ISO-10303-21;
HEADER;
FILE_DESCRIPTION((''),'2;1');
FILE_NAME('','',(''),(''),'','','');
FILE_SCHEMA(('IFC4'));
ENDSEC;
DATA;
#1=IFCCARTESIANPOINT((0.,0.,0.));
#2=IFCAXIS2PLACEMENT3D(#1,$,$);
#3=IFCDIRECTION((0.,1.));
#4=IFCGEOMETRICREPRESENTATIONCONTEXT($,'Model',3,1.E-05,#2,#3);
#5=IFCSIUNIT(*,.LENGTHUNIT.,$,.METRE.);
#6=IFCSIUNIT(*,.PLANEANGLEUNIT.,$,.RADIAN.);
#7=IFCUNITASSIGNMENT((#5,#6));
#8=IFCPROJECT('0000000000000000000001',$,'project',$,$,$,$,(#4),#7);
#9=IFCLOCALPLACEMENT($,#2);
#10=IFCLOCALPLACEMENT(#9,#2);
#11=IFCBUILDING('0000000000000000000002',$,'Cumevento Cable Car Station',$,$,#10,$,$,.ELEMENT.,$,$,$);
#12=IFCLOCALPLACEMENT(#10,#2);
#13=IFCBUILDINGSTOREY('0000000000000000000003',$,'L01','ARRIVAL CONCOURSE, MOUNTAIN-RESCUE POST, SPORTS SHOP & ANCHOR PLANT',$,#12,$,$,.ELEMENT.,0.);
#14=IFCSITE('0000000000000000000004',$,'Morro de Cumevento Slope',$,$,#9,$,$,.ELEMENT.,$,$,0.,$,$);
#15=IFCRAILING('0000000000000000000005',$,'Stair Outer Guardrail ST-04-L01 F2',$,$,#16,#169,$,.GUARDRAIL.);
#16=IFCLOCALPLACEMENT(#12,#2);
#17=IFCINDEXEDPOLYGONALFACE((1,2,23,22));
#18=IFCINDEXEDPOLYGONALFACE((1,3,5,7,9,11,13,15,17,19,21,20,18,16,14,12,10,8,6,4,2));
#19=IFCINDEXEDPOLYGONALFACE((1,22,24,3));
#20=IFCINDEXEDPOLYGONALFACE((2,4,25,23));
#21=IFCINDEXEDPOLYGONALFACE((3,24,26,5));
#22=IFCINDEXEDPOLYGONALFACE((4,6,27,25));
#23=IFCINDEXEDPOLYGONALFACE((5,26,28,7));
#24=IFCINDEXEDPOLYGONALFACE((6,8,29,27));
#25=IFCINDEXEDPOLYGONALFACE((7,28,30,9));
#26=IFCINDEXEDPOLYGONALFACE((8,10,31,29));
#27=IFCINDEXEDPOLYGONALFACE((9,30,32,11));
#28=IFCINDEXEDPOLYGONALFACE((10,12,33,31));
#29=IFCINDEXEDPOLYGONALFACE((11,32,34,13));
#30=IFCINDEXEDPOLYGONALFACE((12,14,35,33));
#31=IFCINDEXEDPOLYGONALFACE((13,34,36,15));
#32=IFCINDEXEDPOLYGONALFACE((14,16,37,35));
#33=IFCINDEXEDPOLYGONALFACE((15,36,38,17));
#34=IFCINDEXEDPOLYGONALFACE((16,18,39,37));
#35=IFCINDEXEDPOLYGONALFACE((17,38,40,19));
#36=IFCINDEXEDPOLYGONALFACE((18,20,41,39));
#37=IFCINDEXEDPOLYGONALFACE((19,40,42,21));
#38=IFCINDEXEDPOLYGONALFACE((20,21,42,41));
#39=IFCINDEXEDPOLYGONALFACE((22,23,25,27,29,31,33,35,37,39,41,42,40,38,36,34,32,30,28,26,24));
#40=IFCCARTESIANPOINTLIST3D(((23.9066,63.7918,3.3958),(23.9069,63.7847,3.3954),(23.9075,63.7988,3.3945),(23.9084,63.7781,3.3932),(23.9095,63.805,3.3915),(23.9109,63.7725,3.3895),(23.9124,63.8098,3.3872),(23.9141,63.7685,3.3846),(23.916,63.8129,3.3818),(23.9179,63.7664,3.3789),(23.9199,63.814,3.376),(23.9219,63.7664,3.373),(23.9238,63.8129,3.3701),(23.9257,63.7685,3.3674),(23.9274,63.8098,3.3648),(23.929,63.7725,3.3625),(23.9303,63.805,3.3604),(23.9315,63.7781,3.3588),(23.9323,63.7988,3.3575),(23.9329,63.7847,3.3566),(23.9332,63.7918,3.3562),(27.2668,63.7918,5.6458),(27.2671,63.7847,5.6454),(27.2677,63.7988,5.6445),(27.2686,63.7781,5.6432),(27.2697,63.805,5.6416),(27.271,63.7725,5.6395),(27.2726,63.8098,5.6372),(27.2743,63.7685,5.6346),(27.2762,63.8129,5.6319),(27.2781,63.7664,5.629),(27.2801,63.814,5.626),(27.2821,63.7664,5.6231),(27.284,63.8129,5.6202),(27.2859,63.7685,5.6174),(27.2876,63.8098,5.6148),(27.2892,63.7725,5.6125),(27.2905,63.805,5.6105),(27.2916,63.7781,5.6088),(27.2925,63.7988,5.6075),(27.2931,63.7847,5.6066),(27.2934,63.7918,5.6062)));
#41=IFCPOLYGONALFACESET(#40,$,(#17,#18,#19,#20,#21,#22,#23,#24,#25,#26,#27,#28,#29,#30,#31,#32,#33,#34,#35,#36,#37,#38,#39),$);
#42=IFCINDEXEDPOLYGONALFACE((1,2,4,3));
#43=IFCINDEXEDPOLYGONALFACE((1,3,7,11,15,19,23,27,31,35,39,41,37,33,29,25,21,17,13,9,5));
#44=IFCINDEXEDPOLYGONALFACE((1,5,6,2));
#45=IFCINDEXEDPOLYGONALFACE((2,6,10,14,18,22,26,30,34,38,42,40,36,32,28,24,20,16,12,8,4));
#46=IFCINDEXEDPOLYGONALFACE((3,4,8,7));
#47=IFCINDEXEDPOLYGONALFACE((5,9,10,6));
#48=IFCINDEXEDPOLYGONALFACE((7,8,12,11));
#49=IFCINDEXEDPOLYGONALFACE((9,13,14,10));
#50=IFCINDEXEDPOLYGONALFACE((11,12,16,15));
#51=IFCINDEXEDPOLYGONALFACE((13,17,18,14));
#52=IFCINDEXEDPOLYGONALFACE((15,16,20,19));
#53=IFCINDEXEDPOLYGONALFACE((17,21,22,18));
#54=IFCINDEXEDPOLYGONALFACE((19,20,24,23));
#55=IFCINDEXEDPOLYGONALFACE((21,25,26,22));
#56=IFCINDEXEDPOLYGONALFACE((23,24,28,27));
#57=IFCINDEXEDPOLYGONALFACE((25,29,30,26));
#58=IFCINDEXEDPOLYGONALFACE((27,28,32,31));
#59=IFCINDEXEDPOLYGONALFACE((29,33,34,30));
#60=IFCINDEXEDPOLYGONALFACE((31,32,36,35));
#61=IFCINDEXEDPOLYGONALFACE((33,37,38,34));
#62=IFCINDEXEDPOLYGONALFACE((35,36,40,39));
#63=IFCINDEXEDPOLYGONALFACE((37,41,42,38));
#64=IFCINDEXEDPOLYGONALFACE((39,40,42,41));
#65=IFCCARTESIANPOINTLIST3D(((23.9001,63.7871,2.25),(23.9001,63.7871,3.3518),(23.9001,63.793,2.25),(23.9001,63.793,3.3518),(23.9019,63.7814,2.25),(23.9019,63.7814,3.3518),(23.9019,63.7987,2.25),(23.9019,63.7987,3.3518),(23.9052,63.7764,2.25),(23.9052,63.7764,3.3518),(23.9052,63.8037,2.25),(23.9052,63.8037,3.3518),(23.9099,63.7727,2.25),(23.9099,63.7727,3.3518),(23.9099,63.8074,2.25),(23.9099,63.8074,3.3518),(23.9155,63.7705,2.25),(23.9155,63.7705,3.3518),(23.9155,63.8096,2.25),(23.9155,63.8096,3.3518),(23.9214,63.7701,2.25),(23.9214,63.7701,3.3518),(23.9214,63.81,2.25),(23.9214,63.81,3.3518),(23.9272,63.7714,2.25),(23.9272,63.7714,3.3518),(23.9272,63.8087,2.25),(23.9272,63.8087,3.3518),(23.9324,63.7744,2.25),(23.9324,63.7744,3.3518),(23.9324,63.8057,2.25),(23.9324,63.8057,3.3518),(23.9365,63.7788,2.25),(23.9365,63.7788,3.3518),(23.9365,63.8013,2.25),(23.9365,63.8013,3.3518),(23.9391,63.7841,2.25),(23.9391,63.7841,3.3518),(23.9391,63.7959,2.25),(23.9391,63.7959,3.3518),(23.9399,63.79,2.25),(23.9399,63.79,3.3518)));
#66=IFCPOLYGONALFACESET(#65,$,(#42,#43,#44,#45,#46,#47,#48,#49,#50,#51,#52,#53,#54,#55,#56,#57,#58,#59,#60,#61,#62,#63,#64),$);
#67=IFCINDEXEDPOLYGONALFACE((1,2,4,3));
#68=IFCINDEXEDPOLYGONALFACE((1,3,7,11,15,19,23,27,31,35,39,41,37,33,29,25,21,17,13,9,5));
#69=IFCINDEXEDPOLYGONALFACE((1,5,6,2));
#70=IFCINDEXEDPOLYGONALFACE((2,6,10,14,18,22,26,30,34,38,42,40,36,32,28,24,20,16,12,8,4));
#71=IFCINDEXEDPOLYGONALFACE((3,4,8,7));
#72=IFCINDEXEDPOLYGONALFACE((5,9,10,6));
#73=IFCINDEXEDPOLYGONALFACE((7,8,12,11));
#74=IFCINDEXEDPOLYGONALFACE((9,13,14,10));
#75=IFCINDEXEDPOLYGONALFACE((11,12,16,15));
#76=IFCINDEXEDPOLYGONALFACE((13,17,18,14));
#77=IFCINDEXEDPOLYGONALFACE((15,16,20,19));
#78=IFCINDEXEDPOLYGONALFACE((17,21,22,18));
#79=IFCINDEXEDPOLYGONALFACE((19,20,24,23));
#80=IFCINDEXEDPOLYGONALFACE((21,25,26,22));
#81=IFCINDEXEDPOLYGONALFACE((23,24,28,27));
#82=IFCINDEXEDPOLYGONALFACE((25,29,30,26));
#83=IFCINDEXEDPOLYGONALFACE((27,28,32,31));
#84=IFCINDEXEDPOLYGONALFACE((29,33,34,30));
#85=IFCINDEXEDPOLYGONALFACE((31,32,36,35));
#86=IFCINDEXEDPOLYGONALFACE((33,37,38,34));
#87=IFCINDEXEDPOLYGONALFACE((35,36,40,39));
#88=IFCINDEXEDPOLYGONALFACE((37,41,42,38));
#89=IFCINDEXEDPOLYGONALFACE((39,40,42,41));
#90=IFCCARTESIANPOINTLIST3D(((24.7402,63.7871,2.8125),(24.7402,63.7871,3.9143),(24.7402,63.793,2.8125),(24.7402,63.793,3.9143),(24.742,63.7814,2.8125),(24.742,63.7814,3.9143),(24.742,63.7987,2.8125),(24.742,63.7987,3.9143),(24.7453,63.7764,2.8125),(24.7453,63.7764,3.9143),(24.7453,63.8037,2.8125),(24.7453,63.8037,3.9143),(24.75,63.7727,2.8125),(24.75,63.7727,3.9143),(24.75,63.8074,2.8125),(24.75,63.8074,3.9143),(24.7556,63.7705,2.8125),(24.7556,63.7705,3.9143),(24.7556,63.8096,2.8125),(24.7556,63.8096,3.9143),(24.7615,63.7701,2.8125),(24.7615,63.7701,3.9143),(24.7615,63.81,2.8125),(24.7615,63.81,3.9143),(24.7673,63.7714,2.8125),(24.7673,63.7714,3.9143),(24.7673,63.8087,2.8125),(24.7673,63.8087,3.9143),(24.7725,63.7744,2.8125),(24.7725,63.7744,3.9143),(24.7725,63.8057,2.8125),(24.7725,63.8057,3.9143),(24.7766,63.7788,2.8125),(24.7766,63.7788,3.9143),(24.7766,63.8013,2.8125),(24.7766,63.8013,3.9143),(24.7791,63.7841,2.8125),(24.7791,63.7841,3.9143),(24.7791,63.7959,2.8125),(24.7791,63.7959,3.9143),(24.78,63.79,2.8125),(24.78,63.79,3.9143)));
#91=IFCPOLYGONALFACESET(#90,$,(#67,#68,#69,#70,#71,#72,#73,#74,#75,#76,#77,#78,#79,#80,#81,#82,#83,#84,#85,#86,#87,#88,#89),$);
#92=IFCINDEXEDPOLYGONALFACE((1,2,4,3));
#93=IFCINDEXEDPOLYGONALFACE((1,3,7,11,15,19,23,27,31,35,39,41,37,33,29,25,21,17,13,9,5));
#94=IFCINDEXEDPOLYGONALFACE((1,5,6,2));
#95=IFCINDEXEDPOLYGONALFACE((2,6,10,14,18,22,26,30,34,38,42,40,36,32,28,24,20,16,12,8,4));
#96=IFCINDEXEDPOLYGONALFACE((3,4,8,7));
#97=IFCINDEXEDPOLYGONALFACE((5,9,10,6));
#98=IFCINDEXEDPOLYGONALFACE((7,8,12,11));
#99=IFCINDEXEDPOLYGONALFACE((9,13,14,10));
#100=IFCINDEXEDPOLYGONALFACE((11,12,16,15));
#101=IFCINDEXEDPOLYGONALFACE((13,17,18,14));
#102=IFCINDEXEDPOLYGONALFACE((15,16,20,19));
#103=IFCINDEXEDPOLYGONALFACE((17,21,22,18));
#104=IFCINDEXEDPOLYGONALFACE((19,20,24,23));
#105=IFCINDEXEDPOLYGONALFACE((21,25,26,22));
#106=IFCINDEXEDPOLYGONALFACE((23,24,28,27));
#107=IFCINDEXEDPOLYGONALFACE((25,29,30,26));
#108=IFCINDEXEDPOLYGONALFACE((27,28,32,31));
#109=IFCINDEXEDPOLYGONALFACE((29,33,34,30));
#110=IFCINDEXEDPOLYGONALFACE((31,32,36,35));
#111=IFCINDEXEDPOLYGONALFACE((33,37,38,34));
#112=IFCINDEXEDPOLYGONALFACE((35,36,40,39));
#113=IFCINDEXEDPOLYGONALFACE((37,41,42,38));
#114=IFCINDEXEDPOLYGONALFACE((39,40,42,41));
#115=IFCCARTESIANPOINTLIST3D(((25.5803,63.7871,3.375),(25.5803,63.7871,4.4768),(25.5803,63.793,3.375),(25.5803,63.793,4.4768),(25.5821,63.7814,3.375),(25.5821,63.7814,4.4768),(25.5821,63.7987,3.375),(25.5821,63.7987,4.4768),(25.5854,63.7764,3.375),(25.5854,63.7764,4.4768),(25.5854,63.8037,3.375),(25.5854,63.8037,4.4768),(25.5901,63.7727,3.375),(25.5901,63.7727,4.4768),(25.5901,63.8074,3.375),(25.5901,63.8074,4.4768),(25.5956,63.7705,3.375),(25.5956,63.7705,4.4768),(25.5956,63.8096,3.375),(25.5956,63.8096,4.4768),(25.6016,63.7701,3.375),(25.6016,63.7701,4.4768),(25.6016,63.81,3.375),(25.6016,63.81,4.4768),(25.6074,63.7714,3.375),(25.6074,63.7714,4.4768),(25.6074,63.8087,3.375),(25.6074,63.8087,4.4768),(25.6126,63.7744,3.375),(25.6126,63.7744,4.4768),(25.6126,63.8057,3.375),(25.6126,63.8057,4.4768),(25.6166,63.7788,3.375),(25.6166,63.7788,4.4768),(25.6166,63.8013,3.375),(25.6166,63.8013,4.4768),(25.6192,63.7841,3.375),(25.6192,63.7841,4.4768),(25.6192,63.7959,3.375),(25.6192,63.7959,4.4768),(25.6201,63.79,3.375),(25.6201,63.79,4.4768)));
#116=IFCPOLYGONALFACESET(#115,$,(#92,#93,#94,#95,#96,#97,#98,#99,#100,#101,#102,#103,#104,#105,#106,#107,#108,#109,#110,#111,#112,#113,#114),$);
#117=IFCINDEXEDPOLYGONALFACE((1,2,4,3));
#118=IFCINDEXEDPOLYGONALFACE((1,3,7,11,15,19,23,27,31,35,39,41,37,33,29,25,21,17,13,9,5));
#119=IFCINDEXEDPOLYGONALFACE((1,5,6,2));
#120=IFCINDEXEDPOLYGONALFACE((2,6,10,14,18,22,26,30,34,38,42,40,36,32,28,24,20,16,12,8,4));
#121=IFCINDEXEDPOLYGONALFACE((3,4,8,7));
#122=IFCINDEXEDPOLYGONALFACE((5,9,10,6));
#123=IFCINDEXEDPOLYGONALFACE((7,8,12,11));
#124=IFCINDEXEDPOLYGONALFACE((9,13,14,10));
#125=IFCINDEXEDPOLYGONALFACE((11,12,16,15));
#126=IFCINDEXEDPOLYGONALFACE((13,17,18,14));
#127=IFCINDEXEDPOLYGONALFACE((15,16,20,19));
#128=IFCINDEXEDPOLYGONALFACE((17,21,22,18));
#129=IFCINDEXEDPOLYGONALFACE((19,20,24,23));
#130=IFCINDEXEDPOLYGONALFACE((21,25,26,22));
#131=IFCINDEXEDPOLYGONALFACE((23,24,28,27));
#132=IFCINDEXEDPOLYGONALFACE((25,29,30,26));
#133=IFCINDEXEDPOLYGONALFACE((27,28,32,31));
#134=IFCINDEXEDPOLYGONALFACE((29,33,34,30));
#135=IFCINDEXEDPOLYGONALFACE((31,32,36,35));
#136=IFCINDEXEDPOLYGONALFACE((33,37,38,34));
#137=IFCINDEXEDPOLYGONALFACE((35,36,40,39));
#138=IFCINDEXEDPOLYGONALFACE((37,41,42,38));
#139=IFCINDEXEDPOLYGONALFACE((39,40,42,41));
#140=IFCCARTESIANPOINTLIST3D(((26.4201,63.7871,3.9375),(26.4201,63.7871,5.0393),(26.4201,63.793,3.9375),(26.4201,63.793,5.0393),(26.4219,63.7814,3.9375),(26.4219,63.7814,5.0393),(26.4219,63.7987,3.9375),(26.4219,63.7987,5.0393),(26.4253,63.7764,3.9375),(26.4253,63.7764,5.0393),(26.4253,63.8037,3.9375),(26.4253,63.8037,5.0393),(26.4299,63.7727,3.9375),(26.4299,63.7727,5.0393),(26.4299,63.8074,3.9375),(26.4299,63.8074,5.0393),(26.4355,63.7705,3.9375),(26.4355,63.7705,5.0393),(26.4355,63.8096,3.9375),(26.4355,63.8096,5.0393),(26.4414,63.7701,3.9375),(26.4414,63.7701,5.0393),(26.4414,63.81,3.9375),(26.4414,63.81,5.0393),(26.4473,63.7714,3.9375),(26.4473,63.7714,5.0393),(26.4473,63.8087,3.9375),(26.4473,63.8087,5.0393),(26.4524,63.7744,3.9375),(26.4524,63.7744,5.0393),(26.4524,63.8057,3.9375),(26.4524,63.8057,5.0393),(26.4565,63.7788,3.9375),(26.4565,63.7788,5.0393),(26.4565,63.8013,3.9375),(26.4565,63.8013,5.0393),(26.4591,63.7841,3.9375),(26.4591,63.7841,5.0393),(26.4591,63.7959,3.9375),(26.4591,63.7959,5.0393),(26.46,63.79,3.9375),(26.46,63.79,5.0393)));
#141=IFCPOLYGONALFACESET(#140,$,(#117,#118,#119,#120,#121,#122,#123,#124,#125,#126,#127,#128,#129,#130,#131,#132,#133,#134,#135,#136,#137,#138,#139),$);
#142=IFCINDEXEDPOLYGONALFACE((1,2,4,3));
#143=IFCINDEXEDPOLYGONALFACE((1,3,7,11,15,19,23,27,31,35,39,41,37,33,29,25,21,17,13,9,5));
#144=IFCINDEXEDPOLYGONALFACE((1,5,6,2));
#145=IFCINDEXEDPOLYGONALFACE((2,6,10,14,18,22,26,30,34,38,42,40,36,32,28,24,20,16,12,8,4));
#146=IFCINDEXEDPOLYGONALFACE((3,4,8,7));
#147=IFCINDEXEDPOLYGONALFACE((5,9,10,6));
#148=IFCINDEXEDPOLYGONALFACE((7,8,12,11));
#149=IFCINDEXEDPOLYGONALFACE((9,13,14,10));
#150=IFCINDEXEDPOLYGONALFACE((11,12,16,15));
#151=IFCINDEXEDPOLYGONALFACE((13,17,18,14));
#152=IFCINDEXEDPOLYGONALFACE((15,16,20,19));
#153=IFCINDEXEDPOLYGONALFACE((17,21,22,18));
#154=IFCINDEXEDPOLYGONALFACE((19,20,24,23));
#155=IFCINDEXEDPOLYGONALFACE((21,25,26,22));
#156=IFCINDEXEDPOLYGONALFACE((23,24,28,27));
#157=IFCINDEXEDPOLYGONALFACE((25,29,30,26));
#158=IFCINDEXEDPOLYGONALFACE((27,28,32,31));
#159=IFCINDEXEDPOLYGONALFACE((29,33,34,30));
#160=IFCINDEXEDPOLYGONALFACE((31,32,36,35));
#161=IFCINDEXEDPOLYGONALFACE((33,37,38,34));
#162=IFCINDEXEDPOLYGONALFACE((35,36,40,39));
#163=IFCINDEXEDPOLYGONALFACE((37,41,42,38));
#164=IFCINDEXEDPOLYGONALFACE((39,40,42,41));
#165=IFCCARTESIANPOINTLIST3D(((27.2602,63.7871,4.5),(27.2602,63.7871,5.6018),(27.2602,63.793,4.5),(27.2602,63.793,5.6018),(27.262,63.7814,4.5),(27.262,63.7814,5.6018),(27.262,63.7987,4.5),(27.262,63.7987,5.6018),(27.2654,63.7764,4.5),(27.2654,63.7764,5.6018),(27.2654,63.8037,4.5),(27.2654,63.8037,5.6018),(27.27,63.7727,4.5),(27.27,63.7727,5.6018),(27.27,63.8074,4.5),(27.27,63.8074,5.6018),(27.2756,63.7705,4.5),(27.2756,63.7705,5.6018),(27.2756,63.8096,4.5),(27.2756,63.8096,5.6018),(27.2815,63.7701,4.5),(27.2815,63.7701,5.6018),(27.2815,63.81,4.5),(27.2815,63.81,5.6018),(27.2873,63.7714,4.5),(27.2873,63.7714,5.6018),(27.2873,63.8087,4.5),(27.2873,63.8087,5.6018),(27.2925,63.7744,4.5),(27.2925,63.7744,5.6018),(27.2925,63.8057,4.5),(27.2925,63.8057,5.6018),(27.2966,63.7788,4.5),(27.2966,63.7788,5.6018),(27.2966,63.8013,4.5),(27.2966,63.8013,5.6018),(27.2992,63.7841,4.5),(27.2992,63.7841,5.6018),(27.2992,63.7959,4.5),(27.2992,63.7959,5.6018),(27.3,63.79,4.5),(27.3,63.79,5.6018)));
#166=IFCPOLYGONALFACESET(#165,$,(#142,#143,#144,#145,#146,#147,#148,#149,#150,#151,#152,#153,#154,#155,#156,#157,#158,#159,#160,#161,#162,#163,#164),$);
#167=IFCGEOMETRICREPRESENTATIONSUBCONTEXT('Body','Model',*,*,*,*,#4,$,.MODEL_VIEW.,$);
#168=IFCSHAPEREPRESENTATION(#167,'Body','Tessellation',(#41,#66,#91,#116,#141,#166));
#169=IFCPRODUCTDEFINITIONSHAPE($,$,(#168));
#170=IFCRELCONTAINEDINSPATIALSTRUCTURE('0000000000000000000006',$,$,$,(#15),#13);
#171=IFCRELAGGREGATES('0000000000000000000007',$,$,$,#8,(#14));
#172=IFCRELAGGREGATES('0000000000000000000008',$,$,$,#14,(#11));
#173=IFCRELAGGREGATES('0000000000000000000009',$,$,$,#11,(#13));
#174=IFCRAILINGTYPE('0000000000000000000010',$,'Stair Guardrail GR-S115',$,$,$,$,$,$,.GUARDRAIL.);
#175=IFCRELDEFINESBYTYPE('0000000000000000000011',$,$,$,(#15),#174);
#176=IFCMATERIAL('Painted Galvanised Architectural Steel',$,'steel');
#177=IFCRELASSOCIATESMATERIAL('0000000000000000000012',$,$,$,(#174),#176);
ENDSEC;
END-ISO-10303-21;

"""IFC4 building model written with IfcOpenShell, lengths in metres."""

from ifc_helpers import new_model, si_unit, direction, frame, origin, origin_2d, place, context, subcontext, project, spatial, circle, extrude, material, type_object, element, save


model = new_model("IFC4")

# Units and contexts
model_context = context("Model", 3, precision=1e-05, world=origin(), true_north=direction((0.0, 1.0)))
body_context = subcontext(model_context, "Body", "Model", "MODEL_VIEW")
ifc_project = project(units=[si_unit("LENGTHUNIT", "METRE"), si_unit("PLANEANGLEUNIT", "RADIAN")], contexts=[model_context])

# Site, building, storey
site_placement = place(None, origin())
site = spatial("IfcSite", under=ifc_project, at=site_placement, Name="Morro de Cumevento Slope", CompositionType="ELEMENT", RefElevation=0.0)
building_placement = place(site_placement, origin())
building = spatial("IfcBuilding", under=site, at=building_placement, Name="Cumevento Cable Car Station", CompositionType="ELEMENT")
storey_placement = place(building_placement, origin())
storey = spatial("IfcBuildingStorey", under=building, at=storey_placement, Name="L01", Description="ARRIVAL CONCOURSE, MOUNTAIN-RESCUE POST, SPORTS SHOP & ANCHOR PLANT", CompositionType="ELEMENT", Elevation=0.0)

# Railing
ifc_material_1 = material(Name="Painted Galvanised Architectural Steel", Category="steel")
railing_type_1 = type_object("IfcRailingType", Name="Stair Guardrail GR-S115", PredefinedType="GUARDRAIL", material=ifc_material_1)
railing_1_placement = place(storey_placement, frame((23.9199, 63.79, 2.25)))
element("IfcRailing", 1, at=railing_1_placement, inside=storey, type_object=railing_type_1, Name="Stair Outer Guardrail ST-04-L01 F2", PredefinedType="GUARDRAIL", context=body_context, shape_type="SweptSolid", body=[
    extrude(circle(Radius=0.0239, at=origin_2d()), frame((0.0, 0.0, 1.126), z_axis=(0.830915, 0.0, 0.556399), x_axis=(0.0, 1.0, 0.0)), (0.0, 0.0, 1.0), 4.0439),
    extrude(circle(Radius=0.02, at=origin_2d()), origin(), (0.0, 0.0, 1.0), 1.1018),
    extrude(circle(Radius=0.02, at=origin_2d()), frame((0.8401, 0.0, 0.5625)), (0.0, 0.0, 1.0), 1.1018),
    extrude(circle(Radius=0.02, at=origin_2d()), frame((1.6802, 0.0, 1.125)), (0.0, 0.0, 1.0), 1.1018),
    extrude(circle(Radius=0.02, at=origin_2d()), frame((2.52, 0.0, 1.6875)), (0.0, 0.0, 1.0), 1.1018),
    extrude(circle(Radius=0.02, at=origin_2d()), frame((3.3601, 0.0, 2.25)), (0.0, 0.0, 1.0), 1.1018),
])

save(model, "model.ifc")
